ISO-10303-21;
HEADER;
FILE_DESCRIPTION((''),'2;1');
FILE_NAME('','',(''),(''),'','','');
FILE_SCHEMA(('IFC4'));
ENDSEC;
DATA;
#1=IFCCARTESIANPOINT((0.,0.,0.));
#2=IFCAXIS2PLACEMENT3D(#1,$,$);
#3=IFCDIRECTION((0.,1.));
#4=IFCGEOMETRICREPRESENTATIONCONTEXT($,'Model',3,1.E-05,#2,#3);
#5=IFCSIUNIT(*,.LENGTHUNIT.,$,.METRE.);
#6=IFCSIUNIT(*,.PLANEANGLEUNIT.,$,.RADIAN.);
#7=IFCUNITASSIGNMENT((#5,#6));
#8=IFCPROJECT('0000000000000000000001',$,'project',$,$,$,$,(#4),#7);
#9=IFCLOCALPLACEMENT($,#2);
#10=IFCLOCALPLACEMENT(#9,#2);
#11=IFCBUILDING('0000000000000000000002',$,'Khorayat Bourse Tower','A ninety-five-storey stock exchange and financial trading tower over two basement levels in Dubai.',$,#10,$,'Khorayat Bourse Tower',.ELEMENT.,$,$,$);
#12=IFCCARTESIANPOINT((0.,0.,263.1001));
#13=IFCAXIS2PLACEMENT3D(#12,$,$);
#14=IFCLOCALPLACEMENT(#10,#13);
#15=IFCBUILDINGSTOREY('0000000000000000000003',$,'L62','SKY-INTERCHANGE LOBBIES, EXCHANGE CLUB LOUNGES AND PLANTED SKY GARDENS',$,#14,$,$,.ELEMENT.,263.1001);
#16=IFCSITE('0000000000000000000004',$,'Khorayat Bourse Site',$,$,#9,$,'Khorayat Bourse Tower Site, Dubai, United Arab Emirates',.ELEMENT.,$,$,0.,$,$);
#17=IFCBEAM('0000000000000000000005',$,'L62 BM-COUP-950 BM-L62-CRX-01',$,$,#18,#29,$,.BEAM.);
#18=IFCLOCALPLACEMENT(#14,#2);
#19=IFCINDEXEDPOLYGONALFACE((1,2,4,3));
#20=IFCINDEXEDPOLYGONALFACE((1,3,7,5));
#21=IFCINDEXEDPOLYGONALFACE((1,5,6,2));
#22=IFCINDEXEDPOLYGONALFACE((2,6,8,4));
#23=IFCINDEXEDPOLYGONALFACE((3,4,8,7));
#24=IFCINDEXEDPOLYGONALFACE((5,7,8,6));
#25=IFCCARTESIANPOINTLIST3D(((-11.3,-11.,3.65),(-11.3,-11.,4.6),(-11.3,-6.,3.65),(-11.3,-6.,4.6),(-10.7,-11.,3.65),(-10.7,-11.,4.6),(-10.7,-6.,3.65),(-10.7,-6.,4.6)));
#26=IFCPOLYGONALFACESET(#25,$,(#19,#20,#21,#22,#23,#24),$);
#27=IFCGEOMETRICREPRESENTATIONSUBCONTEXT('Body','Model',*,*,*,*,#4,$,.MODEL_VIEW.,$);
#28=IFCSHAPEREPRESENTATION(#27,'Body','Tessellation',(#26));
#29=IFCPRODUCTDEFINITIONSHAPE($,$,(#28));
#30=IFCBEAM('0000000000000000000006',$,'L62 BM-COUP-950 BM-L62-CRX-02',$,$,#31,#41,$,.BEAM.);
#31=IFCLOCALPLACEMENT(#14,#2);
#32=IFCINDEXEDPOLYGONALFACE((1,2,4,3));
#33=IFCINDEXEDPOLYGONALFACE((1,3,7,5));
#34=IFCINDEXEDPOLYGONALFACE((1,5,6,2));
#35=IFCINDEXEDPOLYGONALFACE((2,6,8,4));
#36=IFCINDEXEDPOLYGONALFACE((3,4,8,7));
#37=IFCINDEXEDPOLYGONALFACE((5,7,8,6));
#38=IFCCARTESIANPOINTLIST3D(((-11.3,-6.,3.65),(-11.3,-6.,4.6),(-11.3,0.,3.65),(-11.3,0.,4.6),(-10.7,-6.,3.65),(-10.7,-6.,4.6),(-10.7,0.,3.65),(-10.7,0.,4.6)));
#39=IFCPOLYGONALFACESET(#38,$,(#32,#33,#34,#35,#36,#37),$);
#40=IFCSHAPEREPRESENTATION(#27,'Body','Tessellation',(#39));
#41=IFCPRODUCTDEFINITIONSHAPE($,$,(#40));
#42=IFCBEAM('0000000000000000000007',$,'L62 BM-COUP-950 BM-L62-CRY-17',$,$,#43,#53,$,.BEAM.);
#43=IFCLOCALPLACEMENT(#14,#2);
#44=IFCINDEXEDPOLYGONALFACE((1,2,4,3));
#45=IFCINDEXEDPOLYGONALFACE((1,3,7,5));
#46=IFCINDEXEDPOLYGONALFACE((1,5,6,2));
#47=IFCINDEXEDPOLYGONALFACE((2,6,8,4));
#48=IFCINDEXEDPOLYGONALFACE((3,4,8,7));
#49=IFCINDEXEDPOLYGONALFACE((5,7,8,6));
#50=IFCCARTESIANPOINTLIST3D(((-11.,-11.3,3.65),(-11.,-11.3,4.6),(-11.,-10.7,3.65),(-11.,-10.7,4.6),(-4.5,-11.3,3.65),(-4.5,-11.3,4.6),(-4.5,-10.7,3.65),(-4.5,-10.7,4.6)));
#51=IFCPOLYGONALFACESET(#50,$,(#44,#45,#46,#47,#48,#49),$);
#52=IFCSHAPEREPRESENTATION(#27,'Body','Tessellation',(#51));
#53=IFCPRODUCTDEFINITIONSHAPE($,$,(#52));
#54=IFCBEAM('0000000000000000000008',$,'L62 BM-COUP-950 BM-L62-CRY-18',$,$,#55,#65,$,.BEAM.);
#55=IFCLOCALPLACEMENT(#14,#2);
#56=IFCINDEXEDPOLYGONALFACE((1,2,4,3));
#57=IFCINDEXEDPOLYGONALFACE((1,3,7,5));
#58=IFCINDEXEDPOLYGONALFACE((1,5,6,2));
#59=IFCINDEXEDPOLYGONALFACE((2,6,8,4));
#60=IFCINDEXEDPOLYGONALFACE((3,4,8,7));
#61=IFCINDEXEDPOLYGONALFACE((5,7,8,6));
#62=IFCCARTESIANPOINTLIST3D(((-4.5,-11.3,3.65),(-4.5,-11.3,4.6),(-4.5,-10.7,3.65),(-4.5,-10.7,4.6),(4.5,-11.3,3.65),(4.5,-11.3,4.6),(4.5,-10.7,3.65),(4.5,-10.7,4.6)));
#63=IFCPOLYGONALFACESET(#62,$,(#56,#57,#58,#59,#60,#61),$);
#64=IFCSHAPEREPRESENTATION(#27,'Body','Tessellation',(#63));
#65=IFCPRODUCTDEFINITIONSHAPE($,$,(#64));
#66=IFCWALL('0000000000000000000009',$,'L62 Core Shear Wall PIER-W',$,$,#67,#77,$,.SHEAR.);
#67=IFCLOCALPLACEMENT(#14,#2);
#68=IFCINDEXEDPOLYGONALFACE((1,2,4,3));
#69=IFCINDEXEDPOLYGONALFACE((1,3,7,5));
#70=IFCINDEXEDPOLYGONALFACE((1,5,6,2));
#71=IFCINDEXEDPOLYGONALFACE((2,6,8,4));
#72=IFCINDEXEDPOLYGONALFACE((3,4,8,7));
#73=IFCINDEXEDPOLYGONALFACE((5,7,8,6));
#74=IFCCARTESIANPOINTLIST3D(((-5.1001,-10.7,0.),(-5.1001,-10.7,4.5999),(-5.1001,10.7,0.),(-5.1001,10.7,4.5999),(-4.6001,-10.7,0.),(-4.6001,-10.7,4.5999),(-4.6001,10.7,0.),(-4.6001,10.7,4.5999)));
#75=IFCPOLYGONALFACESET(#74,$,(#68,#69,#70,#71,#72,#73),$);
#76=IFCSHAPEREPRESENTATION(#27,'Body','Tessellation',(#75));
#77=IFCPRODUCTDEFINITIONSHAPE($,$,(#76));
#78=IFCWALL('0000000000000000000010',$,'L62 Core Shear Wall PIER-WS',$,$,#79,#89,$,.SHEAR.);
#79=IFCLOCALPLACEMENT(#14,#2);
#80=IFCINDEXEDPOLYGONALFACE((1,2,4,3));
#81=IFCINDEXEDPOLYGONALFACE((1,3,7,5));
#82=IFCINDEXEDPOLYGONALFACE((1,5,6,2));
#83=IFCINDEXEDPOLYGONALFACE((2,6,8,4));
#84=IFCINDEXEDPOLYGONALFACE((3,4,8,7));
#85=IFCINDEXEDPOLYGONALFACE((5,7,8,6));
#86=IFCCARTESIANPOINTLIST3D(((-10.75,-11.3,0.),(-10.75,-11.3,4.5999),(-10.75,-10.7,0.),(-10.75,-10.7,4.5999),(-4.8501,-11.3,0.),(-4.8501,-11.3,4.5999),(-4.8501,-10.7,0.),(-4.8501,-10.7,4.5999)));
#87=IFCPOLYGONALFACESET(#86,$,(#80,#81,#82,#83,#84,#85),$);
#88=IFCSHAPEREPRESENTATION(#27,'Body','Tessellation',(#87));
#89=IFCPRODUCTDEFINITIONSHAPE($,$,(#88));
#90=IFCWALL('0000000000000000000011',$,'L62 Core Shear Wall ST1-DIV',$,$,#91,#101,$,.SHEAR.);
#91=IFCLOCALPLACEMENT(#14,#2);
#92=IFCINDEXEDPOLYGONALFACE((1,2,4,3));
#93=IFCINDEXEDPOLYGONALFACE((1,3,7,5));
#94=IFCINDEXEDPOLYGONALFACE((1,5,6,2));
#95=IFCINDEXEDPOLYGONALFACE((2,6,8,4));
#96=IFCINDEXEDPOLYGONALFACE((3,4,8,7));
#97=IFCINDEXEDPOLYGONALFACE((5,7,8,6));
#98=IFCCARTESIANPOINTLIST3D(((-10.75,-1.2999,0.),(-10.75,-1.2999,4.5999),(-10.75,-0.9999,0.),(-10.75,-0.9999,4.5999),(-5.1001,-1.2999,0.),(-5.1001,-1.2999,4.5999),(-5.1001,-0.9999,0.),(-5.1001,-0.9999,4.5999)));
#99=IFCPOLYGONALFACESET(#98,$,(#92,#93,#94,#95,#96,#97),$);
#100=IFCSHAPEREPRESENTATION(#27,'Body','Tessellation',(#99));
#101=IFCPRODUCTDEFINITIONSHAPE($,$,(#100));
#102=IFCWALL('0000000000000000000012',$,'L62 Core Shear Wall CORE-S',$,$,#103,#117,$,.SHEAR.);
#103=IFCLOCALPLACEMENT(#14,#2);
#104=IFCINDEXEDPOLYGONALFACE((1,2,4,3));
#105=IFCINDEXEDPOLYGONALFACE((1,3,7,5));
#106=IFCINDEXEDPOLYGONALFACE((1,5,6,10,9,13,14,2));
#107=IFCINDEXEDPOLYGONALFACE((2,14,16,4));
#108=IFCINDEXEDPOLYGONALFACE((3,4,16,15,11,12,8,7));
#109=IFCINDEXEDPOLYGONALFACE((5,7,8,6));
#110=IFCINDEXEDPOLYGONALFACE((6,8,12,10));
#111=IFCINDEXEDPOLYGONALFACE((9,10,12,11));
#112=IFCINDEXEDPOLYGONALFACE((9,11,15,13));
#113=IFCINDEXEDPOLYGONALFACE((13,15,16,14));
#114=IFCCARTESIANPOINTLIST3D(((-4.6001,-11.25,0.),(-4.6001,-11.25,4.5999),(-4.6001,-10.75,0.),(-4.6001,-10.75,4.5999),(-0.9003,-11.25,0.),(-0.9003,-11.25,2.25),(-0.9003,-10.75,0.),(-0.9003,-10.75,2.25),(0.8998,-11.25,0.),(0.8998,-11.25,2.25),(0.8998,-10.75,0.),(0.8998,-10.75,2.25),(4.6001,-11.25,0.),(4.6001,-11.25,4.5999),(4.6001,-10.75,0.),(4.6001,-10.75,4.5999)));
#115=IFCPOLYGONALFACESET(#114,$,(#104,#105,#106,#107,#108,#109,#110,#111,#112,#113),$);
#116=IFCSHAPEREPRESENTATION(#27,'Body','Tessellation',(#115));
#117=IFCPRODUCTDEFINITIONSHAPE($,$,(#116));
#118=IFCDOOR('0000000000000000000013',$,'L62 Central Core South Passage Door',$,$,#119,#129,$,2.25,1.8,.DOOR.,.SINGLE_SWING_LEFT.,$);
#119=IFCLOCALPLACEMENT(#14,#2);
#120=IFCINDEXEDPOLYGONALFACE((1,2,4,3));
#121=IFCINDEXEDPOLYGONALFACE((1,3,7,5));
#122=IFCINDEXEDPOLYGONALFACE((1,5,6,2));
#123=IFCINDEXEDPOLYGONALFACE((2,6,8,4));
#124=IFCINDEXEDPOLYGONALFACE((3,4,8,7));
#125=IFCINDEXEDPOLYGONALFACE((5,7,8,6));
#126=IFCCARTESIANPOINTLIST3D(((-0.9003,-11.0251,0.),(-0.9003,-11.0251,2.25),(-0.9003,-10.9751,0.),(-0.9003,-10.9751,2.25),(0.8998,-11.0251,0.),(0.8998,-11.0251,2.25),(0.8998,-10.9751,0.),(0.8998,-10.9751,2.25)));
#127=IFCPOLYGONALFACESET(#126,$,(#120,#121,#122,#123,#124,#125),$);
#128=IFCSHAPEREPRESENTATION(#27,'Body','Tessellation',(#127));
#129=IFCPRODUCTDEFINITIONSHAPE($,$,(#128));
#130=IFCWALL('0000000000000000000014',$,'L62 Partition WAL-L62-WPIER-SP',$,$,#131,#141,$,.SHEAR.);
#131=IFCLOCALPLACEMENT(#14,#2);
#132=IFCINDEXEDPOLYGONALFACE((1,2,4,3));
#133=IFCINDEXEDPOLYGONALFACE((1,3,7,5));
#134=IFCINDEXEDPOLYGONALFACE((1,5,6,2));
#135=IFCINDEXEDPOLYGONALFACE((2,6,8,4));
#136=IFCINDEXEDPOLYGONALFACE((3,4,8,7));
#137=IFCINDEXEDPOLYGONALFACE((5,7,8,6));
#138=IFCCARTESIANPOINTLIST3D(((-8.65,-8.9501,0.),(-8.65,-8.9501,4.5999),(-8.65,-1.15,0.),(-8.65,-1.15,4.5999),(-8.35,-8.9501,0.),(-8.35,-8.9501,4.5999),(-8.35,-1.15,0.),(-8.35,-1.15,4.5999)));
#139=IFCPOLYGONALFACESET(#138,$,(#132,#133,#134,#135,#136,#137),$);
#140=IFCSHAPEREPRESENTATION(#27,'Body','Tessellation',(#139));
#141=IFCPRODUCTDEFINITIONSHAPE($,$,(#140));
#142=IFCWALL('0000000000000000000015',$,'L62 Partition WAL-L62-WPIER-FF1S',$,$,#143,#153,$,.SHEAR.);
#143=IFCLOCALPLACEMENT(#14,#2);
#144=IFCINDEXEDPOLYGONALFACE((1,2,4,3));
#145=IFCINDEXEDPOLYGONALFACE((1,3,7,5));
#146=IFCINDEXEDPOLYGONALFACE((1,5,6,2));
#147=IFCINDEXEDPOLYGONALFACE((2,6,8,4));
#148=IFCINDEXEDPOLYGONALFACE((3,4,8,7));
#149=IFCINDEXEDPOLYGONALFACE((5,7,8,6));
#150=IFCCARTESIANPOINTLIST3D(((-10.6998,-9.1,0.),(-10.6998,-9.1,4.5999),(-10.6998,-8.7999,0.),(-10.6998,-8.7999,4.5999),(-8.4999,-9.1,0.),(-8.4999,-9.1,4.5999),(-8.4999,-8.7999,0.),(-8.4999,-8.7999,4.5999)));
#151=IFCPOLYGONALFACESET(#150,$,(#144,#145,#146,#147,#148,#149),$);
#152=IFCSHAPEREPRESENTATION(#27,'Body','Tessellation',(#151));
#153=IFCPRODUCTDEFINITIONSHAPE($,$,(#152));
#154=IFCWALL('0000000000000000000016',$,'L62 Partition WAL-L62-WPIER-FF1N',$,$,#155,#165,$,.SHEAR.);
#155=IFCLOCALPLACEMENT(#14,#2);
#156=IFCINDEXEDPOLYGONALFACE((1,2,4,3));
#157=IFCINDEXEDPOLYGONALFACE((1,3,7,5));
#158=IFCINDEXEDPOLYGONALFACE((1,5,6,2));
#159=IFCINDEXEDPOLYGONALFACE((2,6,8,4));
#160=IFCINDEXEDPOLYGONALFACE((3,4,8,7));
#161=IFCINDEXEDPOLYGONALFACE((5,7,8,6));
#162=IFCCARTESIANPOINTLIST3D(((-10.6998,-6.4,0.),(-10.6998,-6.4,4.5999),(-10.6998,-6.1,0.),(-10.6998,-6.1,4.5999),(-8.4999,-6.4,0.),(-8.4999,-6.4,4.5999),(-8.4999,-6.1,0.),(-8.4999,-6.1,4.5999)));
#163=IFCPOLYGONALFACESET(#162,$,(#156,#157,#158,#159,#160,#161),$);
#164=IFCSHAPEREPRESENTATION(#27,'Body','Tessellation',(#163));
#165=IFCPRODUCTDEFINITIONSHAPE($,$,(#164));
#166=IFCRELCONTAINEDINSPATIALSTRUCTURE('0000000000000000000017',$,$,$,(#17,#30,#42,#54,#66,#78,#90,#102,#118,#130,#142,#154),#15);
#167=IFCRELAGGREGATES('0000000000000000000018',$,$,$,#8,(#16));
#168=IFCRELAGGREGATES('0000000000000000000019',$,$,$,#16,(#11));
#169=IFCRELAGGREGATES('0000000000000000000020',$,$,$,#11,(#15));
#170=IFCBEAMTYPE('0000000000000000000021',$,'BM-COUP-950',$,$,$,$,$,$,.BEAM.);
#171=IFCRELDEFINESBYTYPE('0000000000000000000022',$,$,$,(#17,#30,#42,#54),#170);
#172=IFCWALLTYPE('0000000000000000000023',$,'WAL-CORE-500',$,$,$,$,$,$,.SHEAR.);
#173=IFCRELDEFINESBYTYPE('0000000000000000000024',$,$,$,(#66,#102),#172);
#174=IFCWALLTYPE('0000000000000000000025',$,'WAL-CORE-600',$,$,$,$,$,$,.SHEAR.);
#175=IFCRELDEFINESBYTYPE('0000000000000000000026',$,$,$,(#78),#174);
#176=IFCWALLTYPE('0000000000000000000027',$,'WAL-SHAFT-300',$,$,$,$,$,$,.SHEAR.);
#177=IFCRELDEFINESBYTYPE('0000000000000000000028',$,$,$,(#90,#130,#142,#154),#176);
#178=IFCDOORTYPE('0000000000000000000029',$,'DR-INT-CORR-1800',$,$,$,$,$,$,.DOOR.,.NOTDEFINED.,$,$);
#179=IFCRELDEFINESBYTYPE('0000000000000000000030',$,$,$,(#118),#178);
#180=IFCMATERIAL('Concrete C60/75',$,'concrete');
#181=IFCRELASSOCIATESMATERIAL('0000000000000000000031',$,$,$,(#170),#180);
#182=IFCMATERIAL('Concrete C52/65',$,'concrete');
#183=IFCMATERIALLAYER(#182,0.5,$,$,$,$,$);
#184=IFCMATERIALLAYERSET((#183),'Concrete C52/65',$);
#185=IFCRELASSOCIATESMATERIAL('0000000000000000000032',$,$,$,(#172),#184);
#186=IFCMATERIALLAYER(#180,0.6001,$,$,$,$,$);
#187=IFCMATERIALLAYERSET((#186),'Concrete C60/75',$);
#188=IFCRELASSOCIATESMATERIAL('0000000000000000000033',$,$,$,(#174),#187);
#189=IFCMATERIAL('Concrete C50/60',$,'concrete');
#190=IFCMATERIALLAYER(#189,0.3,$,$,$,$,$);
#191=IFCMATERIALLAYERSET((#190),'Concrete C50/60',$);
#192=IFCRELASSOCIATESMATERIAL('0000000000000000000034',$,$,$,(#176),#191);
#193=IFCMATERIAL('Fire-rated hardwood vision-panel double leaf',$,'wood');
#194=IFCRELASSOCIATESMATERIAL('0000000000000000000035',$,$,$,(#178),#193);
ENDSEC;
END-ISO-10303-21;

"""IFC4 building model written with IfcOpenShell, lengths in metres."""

from ifc_helpers import new_model, si_unit, direction, frame, frame_2d, origin, origin_2d, place, context, subcontext, project, spatial, rectangle, extrude, source, transform, mapped, material, layer, layer_set, material_profile, profile_set, type_object, element, fill, save


model = new_model("IFC4")

# Units and contexts
model_context = context("Model", 3, precision=1e-05, world=origin(), true_north=direction((0.0, 1.0)))
body_context = subcontext(model_context, "Body", "Model", "MODEL_VIEW")
ifc_project = project(units=[si_unit("LENGTHUNIT", "METRE"), si_unit("PLANEANGLEUNIT", "RADIAN")], contexts=[model_context])

# Site, building, storey
site_placement = place(None, origin())
site = spatial("IfcSite", under=ifc_project, at=site_placement, Name="Khorayat Bourse Site", LongName="Khorayat Bourse Tower Site, Dubai, United Arab Emirates", CompositionType="ELEMENT", RefElevation=0.0)
building_placement = place(site_placement, origin())
building = spatial("IfcBuilding", under=site, at=building_placement, Name="Khorayat Bourse Tower", Description="A ninety-five-storey stock exchange and financial trading tower over two basement levels in Dubai.", LongName="Khorayat Bourse Tower", CompositionType="ELEMENT")
storey_placement = place(building_placement, frame((0.0, 0.0, 263.1001)))
storey = spatial("IfcBuildingStorey", under=building, at=storey_placement, Name="L62", Description="SKY-INTERCHANGE LOBBIES, EXCHANGE CLUB LOUNGES AND PLANTED SKY GARDENS", CompositionType="ELEMENT", Elevation=263.1001)

# Shared definitions
ifc_material_1 = material(Name="Concrete C60/75", Category="concrete")

# Beams
ifc_material_profile_1 = material_profile(ifc_material_1, rectangle(XDim=0.6001, YDim=0.95, at=origin_2d()), Name="RC 600x950")
ifc_profile_set_1 = profile_set([ifc_material_profile_1], Name="Concrete C60/75")
beam_type_1 = type_object("IfcBeamType", Name="BM-COUP-950", PredefinedType="BEAM", material=ifc_profile_set_1)
shared_shape_1 = source(origin(), body_context, "Body", "SweptSolid", [
    extrude(rectangle(XDim=0.6001, YDim=0.95, at=origin_2d()), origin(), (0.0, 0.0, 1.0), 5.0),
])
beam_1_placement = place(storey_placement, frame((-11.0, -11.0, 4.125), z_axis=(0.0, 1.0, 0.0), x_axis=(-1.0, 0.0, 0.0)))
element("IfcBeam", 1, at=beam_1_placement, inside=storey, type_object=beam_type_1, Name="L62 BM-COUP-950 BM-L62-CRX-01", PredefinedType="BEAM", context=body_context, shape_type="MappedRepresentation", body=[
    mapped(shared_shape_1, transform((0.0, 0.0, 0.0), scale=1.0)),
])
shared_shape_2 = source(origin(), body_context, "Body", "SweptSolid", [
    extrude(rectangle(XDim=0.6001, YDim=0.95, at=origin_2d()), origin(), (0.0, 0.0, 1.0), 6.0),
])
beam_2_placement = place(storey_placement, frame((-11.0, -6.0, 4.125), z_axis=(0.0, 1.0, 0.0), x_axis=(-1.0, 0.0, 0.0)))
element("IfcBeam", 2, at=beam_2_placement, inside=storey, type_object=beam_type_1, Name="L62 BM-COUP-950 BM-L62-CRX-02", PredefinedType="BEAM", context=body_context, shape_type="MappedRepresentation", body=[
    mapped(shared_shape_2, transform((0.0, 0.0, 0.0), scale=1.0)),
])
shared_shape_3 = source(origin(), body_context, "Body", "SweptSolid", [
    extrude(rectangle(XDim=0.6001, YDim=0.95, at=origin_2d()), origin(), (0.0, 0.0, 1.0), 6.5),
])
beam_3_placement = place(storey_placement, frame((-11.0, -11.0, 4.125), z_axis=(1.0, 0.0, 0.0), x_axis=(0.0, 1.0, 0.0)))
element("IfcBeam", 3, at=beam_3_placement, inside=storey, type_object=beam_type_1, Name="L62 BM-COUP-950 BM-L62-CRY-17", PredefinedType="BEAM", context=body_context, shape_type="MappedRepresentation", body=[
    mapped(shared_shape_3, transform((0.0, 0.0, 0.0), scale=1.0)),
])
shared_shape_4 = source(origin(), body_context, "Body", "SweptSolid", [
    extrude(rectangle(XDim=0.6001, YDim=0.95, at=origin_2d()), origin(), (0.0, 0.0, 1.0), 9.0),
])
beam_4_placement = place(storey_placement, frame((-4.5, -11.0, 4.125), z_axis=(1.0, 0.0, 0.0), x_axis=(0.0, 1.0, 0.0)))
element("IfcBeam", 4, at=beam_4_placement, inside=storey, type_object=beam_type_1, Name="L62 BM-COUP-950 BM-L62-CRY-18", PredefinedType="BEAM", context=body_context, shape_type="MappedRepresentation", body=[
    mapped(shared_shape_4, transform((0.0, 0.0, 0.0), scale=1.0)),
])

# Walls
ifc_material_2 = material(Name="Concrete C52/65", Category="concrete")
ifc_layer_1 = layer(ifc_material_2, 0.5)
ifc_layer_set_1 = layer_set([ifc_layer_1], Name="Concrete C52/65")
wall_type_1 = type_object("IfcWallType", Name="WAL-CORE-500", PredefinedType="SHEAR", material=ifc_layer_set_1)
shared_shape_5 = source(origin(), body_context, "Body", "SweptSolid", [
    extrude(rectangle(XDim=21.3999, YDim=0.5, at=frame_2d((10.7, 0.0))), origin(), (0.0, 0.0, 1.0), 4.5999),
])
wall_1_placement = place(storey_placement, frame((-4.8501, -10.7, 0.0), z_axis=(0.0, 0.0, 1.0), x_axis=(0.0, 1.0, 0.0)))
element("IfcWall", 5, at=wall_1_placement, inside=storey, type_object=wall_type_1, Name="L62 Core Shear Wall PIER-W", PredefinedType="SHEAR", context=body_context, shape_type="MappedRepresentation", body=[
    mapped(shared_shape_5, transform((0.0, 0.0, 0.0), scale=1.0)),
])
ifc_layer_2 = layer(ifc_material_1, 0.6001)
ifc_layer_set_2 = layer_set([ifc_layer_2], Name="Concrete C60/75")
wall_type_2 = type_object("IfcWallType", Name="WAL-CORE-600", PredefinedType="SHEAR", material=ifc_layer_set_2)
shared_shape_6 = source(origin(), body_context, "Body", "SweptSolid", [
    extrude(rectangle(XDim=5.8999, YDim=0.6001, at=frame_2d((2.95, 0.0))), origin(), (0.0, 0.0, 1.0), 4.5999),
])
wall_2_placement = place(storey_placement, frame((-10.75, -11.0, 0.0), z_axis=(0.0, 0.0, 1.0), x_axis=(1.0, 0.0, 0.0)))
element("IfcWall", 6, at=wall_2_placement, inside=storey, type_object=wall_type_2, Name="L62 Core Shear Wall PIER-WS", PredefinedType="SHEAR", context=body_context, shape_type="MappedRepresentation", body=[
    mapped(shared_shape_6, transform((0.0, 0.0, 0.0), scale=1.0)),
])
ifc_material_3 = material(Name="Concrete C50/60", Category="concrete")
ifc_layer_3 = layer(ifc_material_3, 0.3)
ifc_layer_set_3 = layer_set([ifc_layer_3], Name="Concrete C50/60")
wall_type_3 = type_object("IfcWallType", Name="WAL-SHAFT-300", PredefinedType="SHEAR", material=ifc_layer_set_3)
shared_shape_7 = source(origin(), body_context, "Body", "SweptSolid", [
    extrude(rectangle(XDim=5.6499, YDim=0.3, at=frame_2d((2.825, 0.0))), origin(), (0.0, 0.0, 1.0), 4.5999),
])
wall_3_placement = place(storey_placement, frame((-10.75, -1.1499, 0.0), z_axis=(0.0, 0.0, 1.0), x_axis=(1.0, 0.0, 0.0)))
element("IfcWall", 7, at=wall_3_placement, inside=storey, type_object=wall_type_3, Name="L62 Core Shear Wall ST1-DIV", PredefinedType="SHEAR", context=body_context, shape_type="MappedRepresentation", body=[
    mapped(shared_shape_7, transform((0.0, 0.0, 0.0), scale=1.0)),
])

# Wall, opening, door
shared_shape_8 = source(origin(), body_context, "Body", "SweptSolid", [
    extrude(rectangle(XDim=9.2002, YDim=0.5, at=frame_2d((4.6001, 0.0))), origin(), (0.0, 0.0, 1.0), 4.5999),
])
wall_4_placement = place(storey_placement, frame((-4.6001, -11.0, 0.0), z_axis=(0.0, 0.0, 1.0), x_axis=(1.0, 0.0, 0.0)))
wall_4 = element("IfcWall", 8, at=wall_4_placement, inside=storey, type_object=wall_type_1, Name="L62 Core Shear Wall CORE-S", PredefinedType="SHEAR", context=body_context, shape_type="MappedRepresentation", body=[
    mapped(shared_shape_8, transform((0.0, 0.0, 0.0), scale=1.0)),
])
shared_shape_9 = source(origin(), body_context, "Body", "SweptSolid", [
    extrude(rectangle(XDim=1.8, YDim=2.25, at=frame_2d((0.8999, 1.125))), frame((0.0, 0.26, 0.0), z_axis=(0.0, -1.0, 0.0), x_axis=(1.0, 0.0, 0.0)), (0.0, 0.0, 1.0), 0.52),
])
opening_1_placement = place(wall_4_placement, frame((3.7, 0.0, 0.0)))
opening_1 = element("IfcOpeningElement", 9, at=opening_1_placement, cuts=wall_4, PredefinedType="OPENING", context=body_context, shape_type="MappedRepresentation", body=[
    mapped(shared_shape_9, transform((0.0, 0.0, 0.0), scale=1.0)),
])
ifc_material_4 = material(Name="Fire-rated hardwood vision-panel double leaf", Category="wood")
door_type_1 = type_object("IfcDoorType", Name="DR-INT-CORR-1800", OperationType="NOTDEFINED", PredefinedType="DOOR", material=ifc_material_4)
shared_shape_10 = source(origin(), body_context, "Body", "SweptSolid", [
    extrude(rectangle(XDim=1.8, YDim=2.25, at=frame_2d((0.8999, 1.125))), frame((0.0, 0.0249, 0.0), z_axis=(0.0, -1.0, 0.0), x_axis=(1.0, 0.0, 0.0)), (0.0, 0.0, 1.0), 0.05),
])
door_1_placement = place(opening_1_placement, origin())
door_1 = element("IfcDoor", 10, at=door_1_placement, inside=storey, type_object=door_type_1, Name="L62 Central Core South Passage Door", OperationType="SINGLE_SWING_LEFT", OverallHeight=2.25, OverallWidth=1.8, PredefinedType="DOOR", context=body_context, shape_type="MappedRepresentation", body=[
    mapped(shared_shape_10, transform((0.0, 0.0, 0.0), scale=1.0)),
])
fill(opening_1, door_1)

# Walls
shared_shape_11 = source(origin(), body_context, "Body", "SweptSolid", [
    extrude(rectangle(XDim=7.8, YDim=0.3, at=frame_2d((3.8999, 0.0))), origin(), (0.0, 0.0, 1.0), 4.5999),
])
wall_5_placement = place(storey_placement, frame((-8.5, -8.95, 0.0), z_axis=(0.0, 0.0, 1.0), x_axis=(0.0, 1.0, 0.0)))
element("IfcWall", 11, at=wall_5_placement, inside=storey, type_object=wall_type_3, Name="L62 Partition WAL-L62-WPIER-SP", PredefinedType="SHEAR", context=body_context, shape_type="MappedRepresentation", body=[
    mapped(shared_shape_11, transform((0.0, 0.0, 0.0), scale=1.0)),
])
shared_shape_12 = source(origin(), body_context, "Body", "SweptSolid", [
    extrude(rectangle(XDim=2.2, YDim=0.3, at=frame_2d((1.1001, 0.0))), origin(), (0.0, 0.0, 1.0), 4.5999),
])
for number, where, z_axis, x_axis, name in (
    (12, (-10.7, -8.95, 0.0), (0.0, 0.0, 1.0), (1.0, 0.0, 0.0), "L62 Partition WAL-L62-WPIER-FF1S"),
    (13, (-10.7, -6.25, 0.0), (0.0, 0.0, 1.0), (1.0, 0.0, 0.0), "L62 Partition WAL-L62-WPIER-FF1N"),
):
    element("IfcWall", number, at=place(storey_placement, frame(where, z_axis=z_axis, x_axis=x_axis)), inside=storey, type_object=wall_type_3, Name=name, PredefinedType="SHEAR", context=body_context, shape_type="MappedRepresentation", body=[
        mapped(shared_shape_12, transform((0.0, 0.0, 0.0), scale=1.0)),
    ])

save(model, "model.ifc")
